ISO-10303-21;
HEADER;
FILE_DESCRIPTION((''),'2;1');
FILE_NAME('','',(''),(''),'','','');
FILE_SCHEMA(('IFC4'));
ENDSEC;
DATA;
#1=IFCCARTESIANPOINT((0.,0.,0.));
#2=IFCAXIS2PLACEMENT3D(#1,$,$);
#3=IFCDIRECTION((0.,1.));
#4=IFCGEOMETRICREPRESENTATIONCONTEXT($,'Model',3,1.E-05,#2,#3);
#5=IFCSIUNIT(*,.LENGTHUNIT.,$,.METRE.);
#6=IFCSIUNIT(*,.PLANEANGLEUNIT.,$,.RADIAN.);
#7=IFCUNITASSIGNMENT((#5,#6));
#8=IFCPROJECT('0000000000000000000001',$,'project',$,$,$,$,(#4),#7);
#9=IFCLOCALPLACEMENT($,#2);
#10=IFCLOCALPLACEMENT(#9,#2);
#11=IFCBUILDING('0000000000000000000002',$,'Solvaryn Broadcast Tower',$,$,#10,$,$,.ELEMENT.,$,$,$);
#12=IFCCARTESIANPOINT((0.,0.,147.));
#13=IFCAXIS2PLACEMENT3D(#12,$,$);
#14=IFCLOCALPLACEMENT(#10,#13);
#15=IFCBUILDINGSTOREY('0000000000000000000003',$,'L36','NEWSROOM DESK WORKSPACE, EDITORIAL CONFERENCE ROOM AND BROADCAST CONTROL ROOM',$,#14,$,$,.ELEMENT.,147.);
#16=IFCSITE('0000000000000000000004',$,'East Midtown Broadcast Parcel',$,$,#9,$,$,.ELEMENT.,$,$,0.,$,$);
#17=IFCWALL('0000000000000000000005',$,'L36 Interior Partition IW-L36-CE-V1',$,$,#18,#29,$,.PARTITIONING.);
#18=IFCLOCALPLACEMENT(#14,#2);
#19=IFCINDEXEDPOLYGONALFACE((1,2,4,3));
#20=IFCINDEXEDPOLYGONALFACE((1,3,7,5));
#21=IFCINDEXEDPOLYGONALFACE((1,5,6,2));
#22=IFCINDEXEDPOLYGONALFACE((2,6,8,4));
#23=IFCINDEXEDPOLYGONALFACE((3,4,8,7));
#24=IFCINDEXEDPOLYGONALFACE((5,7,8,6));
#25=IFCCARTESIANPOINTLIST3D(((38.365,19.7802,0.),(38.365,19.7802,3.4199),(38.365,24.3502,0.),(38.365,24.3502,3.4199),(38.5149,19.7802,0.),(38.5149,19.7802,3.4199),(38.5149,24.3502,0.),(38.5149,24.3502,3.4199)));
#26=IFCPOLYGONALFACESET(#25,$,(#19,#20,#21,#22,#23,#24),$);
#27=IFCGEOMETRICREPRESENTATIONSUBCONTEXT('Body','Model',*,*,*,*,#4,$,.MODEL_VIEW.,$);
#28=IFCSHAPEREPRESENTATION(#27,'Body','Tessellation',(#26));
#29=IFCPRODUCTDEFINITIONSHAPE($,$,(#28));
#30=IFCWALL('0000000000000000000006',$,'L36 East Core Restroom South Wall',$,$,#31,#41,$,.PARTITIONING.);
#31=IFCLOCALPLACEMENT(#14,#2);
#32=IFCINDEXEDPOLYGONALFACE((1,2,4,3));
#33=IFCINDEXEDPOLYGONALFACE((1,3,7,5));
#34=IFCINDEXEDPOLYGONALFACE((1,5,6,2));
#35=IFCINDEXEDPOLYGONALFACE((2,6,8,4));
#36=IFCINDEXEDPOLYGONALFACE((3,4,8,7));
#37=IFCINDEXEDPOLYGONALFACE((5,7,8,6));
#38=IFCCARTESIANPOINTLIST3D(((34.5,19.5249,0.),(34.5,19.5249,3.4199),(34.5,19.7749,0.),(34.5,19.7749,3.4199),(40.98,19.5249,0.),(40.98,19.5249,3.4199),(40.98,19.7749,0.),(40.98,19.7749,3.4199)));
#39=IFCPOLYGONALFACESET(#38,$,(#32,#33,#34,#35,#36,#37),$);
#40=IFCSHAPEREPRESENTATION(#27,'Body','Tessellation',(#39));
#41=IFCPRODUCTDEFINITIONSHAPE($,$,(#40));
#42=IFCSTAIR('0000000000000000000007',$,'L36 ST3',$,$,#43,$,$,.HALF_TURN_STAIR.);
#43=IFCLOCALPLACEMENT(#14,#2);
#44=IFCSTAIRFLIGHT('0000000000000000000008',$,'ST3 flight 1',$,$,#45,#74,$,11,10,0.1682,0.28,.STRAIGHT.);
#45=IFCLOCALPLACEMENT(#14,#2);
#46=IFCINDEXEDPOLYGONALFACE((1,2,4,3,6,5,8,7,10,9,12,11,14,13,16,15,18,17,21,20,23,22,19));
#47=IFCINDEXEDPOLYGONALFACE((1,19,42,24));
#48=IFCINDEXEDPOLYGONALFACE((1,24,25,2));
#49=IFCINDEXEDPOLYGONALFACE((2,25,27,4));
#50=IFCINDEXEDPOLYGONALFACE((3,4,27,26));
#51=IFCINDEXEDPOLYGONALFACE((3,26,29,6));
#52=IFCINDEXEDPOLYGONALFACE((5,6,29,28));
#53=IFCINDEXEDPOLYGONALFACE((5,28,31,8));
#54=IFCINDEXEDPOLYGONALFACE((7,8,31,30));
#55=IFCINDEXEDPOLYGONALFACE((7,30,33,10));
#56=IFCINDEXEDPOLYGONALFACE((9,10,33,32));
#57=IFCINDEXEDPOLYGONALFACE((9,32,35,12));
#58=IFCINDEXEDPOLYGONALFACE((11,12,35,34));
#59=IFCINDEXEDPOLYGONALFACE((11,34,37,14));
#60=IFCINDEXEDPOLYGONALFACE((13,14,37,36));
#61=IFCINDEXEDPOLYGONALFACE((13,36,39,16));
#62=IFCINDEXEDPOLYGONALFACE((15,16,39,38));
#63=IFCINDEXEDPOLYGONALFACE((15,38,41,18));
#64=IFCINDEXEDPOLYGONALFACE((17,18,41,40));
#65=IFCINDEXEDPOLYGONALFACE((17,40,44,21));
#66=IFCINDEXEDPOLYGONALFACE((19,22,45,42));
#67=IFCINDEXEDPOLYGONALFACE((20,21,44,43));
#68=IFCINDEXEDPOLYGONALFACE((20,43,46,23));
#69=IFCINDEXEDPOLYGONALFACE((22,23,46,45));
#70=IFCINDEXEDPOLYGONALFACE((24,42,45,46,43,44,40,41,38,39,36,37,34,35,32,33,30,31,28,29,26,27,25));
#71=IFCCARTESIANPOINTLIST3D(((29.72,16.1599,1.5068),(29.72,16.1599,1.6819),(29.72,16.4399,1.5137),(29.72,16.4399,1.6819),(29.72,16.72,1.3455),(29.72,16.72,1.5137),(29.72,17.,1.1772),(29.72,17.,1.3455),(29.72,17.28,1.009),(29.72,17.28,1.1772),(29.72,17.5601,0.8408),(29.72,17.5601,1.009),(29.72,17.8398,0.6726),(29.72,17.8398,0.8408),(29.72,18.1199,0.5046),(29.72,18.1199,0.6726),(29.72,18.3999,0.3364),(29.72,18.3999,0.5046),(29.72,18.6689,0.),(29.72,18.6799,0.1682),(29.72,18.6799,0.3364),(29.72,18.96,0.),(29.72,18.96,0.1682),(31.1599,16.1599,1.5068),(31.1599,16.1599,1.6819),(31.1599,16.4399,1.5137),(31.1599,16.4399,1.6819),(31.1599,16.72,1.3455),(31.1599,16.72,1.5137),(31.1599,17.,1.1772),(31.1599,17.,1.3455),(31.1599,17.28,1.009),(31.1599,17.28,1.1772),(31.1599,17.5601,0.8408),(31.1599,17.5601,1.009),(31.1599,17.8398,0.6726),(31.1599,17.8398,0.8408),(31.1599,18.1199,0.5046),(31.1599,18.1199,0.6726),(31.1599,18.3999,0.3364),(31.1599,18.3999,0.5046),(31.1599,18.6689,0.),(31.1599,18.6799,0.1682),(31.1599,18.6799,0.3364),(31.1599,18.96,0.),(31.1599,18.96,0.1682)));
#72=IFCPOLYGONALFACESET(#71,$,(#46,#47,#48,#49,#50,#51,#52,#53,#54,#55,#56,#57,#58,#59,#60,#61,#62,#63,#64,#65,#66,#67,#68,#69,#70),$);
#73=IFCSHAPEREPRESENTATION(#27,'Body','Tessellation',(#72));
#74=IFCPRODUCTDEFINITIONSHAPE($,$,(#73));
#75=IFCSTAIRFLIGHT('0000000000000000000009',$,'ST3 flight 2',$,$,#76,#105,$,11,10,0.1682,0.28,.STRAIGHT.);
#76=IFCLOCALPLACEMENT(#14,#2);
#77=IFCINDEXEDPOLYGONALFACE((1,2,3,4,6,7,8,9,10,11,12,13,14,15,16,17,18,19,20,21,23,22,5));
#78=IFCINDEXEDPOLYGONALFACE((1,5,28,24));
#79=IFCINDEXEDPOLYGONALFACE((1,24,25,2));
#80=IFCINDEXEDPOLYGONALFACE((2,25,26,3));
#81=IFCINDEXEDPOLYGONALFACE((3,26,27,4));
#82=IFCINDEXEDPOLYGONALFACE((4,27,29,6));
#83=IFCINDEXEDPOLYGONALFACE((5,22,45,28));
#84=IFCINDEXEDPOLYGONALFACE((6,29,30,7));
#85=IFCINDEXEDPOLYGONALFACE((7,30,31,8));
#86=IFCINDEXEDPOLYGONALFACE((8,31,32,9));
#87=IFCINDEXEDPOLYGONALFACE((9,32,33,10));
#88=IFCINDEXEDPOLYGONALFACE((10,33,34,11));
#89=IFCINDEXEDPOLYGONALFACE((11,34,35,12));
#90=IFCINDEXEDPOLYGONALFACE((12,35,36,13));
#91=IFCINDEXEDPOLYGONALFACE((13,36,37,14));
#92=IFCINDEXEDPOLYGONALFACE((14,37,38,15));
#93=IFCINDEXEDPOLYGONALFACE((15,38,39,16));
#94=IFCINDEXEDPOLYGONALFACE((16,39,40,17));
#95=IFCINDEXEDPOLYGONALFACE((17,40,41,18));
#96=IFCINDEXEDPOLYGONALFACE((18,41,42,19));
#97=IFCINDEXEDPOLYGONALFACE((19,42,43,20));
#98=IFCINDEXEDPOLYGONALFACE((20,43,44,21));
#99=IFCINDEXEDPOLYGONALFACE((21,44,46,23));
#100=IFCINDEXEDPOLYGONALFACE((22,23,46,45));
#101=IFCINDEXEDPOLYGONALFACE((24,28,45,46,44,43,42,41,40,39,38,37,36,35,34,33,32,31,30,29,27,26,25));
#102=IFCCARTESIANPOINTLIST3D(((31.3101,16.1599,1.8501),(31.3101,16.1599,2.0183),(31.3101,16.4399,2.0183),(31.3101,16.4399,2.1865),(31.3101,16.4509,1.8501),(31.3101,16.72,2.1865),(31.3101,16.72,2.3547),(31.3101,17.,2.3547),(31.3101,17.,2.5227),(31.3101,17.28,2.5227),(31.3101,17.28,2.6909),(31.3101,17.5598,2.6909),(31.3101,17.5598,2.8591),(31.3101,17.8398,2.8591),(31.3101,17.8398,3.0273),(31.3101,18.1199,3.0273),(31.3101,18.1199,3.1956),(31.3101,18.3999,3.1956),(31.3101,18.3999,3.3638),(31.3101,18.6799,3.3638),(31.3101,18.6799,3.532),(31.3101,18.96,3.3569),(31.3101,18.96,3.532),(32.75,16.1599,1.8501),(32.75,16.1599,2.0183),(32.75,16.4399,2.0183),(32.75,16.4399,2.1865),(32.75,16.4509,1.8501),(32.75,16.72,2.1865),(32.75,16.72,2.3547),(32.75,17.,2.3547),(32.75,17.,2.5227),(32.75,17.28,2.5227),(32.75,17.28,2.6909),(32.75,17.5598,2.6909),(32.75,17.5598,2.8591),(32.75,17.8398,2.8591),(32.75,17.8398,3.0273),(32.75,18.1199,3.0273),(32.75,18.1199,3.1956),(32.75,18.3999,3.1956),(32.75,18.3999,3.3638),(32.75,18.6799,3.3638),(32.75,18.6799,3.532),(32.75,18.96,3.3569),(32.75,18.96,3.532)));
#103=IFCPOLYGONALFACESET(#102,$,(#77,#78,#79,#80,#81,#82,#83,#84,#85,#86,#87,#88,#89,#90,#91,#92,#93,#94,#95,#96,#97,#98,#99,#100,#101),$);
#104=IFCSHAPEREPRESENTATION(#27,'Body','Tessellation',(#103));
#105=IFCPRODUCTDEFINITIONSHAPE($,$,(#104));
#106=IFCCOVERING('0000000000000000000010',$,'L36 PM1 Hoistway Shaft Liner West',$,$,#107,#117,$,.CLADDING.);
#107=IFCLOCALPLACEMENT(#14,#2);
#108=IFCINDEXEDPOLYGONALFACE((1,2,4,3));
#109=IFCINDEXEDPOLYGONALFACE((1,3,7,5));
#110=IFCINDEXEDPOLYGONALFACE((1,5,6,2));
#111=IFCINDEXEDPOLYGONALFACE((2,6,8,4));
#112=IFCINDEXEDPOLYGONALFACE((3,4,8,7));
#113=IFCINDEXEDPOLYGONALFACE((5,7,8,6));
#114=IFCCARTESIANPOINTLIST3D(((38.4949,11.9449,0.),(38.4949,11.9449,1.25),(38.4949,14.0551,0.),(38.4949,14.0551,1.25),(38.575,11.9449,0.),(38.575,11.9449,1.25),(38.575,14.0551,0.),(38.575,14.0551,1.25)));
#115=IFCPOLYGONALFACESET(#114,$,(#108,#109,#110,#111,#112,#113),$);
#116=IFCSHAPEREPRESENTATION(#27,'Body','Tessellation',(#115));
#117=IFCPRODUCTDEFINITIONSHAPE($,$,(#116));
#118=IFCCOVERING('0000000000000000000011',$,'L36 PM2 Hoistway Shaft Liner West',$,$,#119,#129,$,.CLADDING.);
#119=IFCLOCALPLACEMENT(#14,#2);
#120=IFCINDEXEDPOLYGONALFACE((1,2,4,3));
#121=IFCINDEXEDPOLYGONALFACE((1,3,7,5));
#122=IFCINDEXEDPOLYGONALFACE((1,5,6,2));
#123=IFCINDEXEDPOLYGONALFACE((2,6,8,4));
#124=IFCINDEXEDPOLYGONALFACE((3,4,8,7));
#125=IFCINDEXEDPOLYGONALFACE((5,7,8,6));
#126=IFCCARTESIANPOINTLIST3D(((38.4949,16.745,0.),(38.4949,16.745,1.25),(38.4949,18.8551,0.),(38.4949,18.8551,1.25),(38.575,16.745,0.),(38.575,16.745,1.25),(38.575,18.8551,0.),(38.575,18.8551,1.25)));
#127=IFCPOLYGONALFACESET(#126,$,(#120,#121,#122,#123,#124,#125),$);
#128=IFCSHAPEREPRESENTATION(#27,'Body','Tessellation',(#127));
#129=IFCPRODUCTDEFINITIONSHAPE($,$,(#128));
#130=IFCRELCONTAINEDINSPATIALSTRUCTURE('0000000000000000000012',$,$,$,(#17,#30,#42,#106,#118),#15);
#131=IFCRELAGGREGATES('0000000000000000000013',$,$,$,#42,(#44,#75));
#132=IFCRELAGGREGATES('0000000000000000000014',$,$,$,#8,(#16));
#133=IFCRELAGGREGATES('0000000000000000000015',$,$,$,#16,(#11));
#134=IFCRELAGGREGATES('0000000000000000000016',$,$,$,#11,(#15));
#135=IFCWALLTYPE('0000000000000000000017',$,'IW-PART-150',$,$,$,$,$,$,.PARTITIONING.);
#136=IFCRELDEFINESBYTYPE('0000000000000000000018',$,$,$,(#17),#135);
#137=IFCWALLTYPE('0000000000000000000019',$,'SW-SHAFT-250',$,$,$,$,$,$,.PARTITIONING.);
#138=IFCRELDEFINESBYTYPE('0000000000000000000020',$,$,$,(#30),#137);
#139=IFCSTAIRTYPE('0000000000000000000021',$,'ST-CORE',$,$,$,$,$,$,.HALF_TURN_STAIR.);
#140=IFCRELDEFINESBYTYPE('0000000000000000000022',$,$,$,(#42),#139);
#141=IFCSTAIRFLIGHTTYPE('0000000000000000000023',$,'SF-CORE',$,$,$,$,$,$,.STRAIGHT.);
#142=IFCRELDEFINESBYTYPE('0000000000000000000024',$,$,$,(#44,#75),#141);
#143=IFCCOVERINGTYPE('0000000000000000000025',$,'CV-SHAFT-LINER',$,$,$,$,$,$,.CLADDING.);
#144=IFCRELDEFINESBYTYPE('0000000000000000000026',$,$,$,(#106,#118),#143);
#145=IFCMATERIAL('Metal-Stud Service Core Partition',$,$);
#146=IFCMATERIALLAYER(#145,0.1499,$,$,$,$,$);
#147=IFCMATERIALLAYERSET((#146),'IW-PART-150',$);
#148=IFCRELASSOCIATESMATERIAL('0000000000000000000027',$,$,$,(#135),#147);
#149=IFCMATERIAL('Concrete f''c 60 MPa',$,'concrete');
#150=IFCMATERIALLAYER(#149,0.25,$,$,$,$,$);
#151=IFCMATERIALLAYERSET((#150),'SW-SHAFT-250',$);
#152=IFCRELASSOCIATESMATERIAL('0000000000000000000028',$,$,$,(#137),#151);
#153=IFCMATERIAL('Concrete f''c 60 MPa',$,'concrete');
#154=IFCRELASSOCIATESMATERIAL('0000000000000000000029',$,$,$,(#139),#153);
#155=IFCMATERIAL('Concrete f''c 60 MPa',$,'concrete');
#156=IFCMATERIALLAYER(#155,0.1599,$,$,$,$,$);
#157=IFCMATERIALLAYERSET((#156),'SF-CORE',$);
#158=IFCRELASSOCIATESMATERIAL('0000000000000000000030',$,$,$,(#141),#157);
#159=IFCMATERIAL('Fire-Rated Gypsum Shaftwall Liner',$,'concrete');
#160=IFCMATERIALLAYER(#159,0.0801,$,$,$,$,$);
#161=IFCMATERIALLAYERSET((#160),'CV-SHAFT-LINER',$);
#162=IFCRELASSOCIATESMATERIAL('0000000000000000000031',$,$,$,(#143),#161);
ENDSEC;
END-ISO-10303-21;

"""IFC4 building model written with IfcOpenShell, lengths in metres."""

from ifc_helpers import new_model, si_unit, direction, frame, frame_2d, origin, origin_2d, place, context, subcontext, project, spatial, polyline, rectangle, outline, extrude, material, layer, layer_set, type_object, element, aggregate, save


model = new_model("IFC4")

# Units and contexts
model_context = context("Model", 3, precision=1e-05, world=origin(), true_north=direction((0.0, 1.0)))
body_context = subcontext(model_context, "Body", "Model", "MODEL_VIEW")
ifc_project = project(units=[si_unit("LENGTHUNIT", "METRE"), si_unit("PLANEANGLEUNIT", "RADIAN")], contexts=[model_context])

# Site, building, storey
site_placement = place(None, origin())
site = spatial("IfcSite", under=ifc_project, at=site_placement, Name="East Midtown Broadcast Parcel", CompositionType="ELEMENT", RefElevation=0.0)
building_placement = place(site_placement, origin())
building = spatial("IfcBuilding", under=site, at=building_placement, Name="Solvaryn Broadcast Tower", CompositionType="ELEMENT")
storey_placement = place(building_placement, frame((0.0, 0.0, 147.0)))
storey = spatial("IfcBuildingStorey", under=building, at=storey_placement, Name="L36", Description="NEWSROOM DESK WORKSPACE, EDITORIAL CONFERENCE ROOM AND BROADCAST CONTROL ROOM", CompositionType="ELEMENT", Elevation=147.0)

# Shared definitions
ifc_material_1 = material(Name="Metal-Stud Service Core Partition")
ifc_layer_1 = layer(ifc_material_1, 0.1499)
ifc_layer_set_1 = layer_set([ifc_layer_1], Name="IW-PART-150")
wall_type_1 = type_object("IfcWallType", Name="IW-PART-150", PredefinedType="PARTITIONING", material=ifc_layer_set_1)

# Walls
for number, where, z_axis, x_axis, name in (
    (1, (38.4399, 19.78, 0.0), (0.0, 0.0, 1.0), (0.0, 1.0, 0.0), "L36 Interior Partition IW-L36-CE-V1"),
):
    element("IfcWall", number, at=place(storey_placement, frame(where, z_axis=z_axis, x_axis=x_axis)), inside=storey, type_object=wall_type_1, Name=name, PredefinedType="PARTITIONING", context=body_context, shape_type="SweptSolid", body=[
        extrude(rectangle(XDim=4.5701, YDim=0.1499, at=frame_2d((2.2852, 0.0))), origin(), (0.0, 0.0, 1.0), 3.4199),
    ])
ifc_material_2 = material(Name="Concrete f'c 60 MPa", Category="concrete")
ifc_layer_2 = layer(ifc_material_2, 0.25)
ifc_layer_set_2 = layer_set([ifc_layer_2], Name="SW-SHAFT-250")
wall_type_2 = type_object("IfcWallType", Name="SW-SHAFT-250", PredefinedType="PARTITIONING", material=ifc_layer_set_2)
wall_1_placement = place(storey_placement, frame((34.5, 19.6499, 0.0), z_axis=(0.0, 0.0, 1.0), x_axis=(1.0, 0.0, 0.0)))
element("IfcWall", 2, at=wall_1_placement, inside=storey, type_object=wall_type_2, Name="L36 East Core Restroom South Wall", PredefinedType="PARTITIONING", context=body_context, shape_type="SweptSolid", body=[
    extrude(rectangle(XDim=6.48, YDim=0.25, at=frame_2d((3.24, 0.0))), origin(), (0.0, 0.0, 1.0), 3.4199),
])

# Stair, stair flights
ifc_material_3 = material(Name="Concrete f'c 60 MPa", Category="concrete")
stair_type = type_object("IfcStairType", Name="ST-CORE", PredefinedType="HALF_TURN_STAIR", material=ifc_material_3)
stair_placement = place(storey_placement, origin())
stair = element("IfcStair", 3, at=stair_placement, inside=storey, type_object=stair_type, Name="L36 ST3", PredefinedType="HALF_TURN_STAIR")
ifc_material_4 = material(Name="Concrete f'c 60 MPa", Category="concrete")
ifc_layer_3 = layer(ifc_material_4, 0.1599)
ifc_layer_set_3 = layer_set([ifc_layer_3], Name="SF-CORE")
stair_flight_type = type_object("IfcStairFlightType", Name="SF-CORE", PredefinedType="STRAIGHT", material=ifc_layer_set_3)
stair_flight_1_placement = place(storey_placement, frame((30.4399, 18.96, 0.0), z_axis=(0.0, 0.0, 1.0), x_axis=(0.0, -1.0, 0.0)))
stair_flight_1 = element("IfcStairFlight", 4, at=stair_flight_1_placement, type_object=stair_flight_type, Name="ST3 flight 1", NumberOfRisers=11, NumberOfTreads=10, PredefinedType="STRAIGHT", RiserHeight=0.1682, TreadLength=0.28, context=body_context, shape_type="SweptSolid", body=[
    extrude(outline(polyline([(0.0, 0.0), (0.0, 0.1682), (0.28, 0.1682), (0.28, 0.3364), (0.5601, 0.3364), (0.5601, 0.5046), (0.8401, 0.5046), (0.8401, 0.6726), (1.1201, 0.6726), (1.1201, 0.8408), (1.3999, 0.8408), (1.3999, 1.009), (1.6799, 1.009), (1.6799, 1.1772), (1.96, 1.1772), (1.96, 1.3455), (2.24, 1.3455), (2.24, 1.5137), (2.52, 1.5137), (2.52, 1.6819), (2.8, 1.6819), (2.8, 1.8501), (2.8, 1.5068), (0.291, 0.0), (0.0, 0.0)])), frame((0.0, 0.72, 0.0), z_axis=(0.0, -1.0, 0.0), x_axis=(1.0, 0.0, 0.0)), (0.0, 0.0, 1.0), 1.4399),
])
stair_flight_2_placement = place(storey_placement, frame((32.03, 16.1599, 1.8501), z_axis=(0.0, 0.0, 1.0), x_axis=(0.0, 1.0, 0.0)))
stair_flight_2 = element("IfcStairFlight", 5, at=stair_flight_2_placement, type_object=stair_flight_type, Name="ST3 flight 2", NumberOfRisers=11, NumberOfTreads=10, PredefinedType="STRAIGHT", RiserHeight=0.1682, TreadLength=0.28, context=body_context, shape_type="SweptSolid", body=[
    extrude(outline(polyline([(0.0, 0.0), (0.0, 0.1682), (0.28, 0.1682), (0.28, 0.3364), (0.5601, 0.3364), (0.5601, 0.5046), (0.8401, 0.5046), (0.8401, 0.6726), (1.1201, 0.6726), (1.1201, 0.8408), (1.3999, 0.8408), (1.3999, 1.009), (1.6799, 1.009), (1.6799, 1.1772), (1.96, 1.1772), (1.96, 1.3455), (2.24, 1.3455), (2.24, 1.5137), (2.52, 1.5137), (2.52, 1.6819), (2.8, 1.6819), (2.8, 1.8501), (2.8, 1.5068), (0.291, 0.0), (0.0, 0.0)])), frame((0.0, 0.72, 0.0), z_axis=(0.0, -1.0, 0.0), x_axis=(1.0, 0.0, 0.0)), (0.0, 0.0, 1.0), 1.4399),
])
aggregate(stair, [stair_flight_1, stair_flight_2])

# Coverings
ifc_material_5 = material(Name="Fire-Rated Gypsum Shaftwall Liner", Category="concrete")
ifc_layer_4 = layer(ifc_material_5, 0.0801)
ifc_layer_set_4 = layer_set([ifc_layer_4], Name="CV-SHAFT-LINER")
covering_type = type_object("IfcCoveringType", Name="CV-SHAFT-LINER", PredefinedType="CLADDING", material=ifc_layer_set_4)
for number, where, z_axis, x_axis, name in (
    (6, (38.5349, 13.0, 0.0), (0.0, 0.0, 1.0), (1.0, 0.0, 0.0), "L36 PM1 Hoistway Shaft Liner West"),
    (7, (38.5349, 17.8, 0.0), (0.0, 0.0, 1.0), (1.0, 0.0, 0.0), "L36 PM2 Hoistway Shaft Liner West"),
):
    element("IfcCovering", number, at=place(storey_placement, frame(where, z_axis=z_axis, x_axis=x_axis)), inside=storey, type_object=covering_type, Name=name, PredefinedType="CLADDING", context=body_context, shape_type="SweptSolid", body=[
        extrude(rectangle(XDim=0.0801, YDim=2.1101, at=origin_2d()), origin(), (0.0, 0.0, 1.0), 1.25),
    ])

save(model, "model.ifc")
